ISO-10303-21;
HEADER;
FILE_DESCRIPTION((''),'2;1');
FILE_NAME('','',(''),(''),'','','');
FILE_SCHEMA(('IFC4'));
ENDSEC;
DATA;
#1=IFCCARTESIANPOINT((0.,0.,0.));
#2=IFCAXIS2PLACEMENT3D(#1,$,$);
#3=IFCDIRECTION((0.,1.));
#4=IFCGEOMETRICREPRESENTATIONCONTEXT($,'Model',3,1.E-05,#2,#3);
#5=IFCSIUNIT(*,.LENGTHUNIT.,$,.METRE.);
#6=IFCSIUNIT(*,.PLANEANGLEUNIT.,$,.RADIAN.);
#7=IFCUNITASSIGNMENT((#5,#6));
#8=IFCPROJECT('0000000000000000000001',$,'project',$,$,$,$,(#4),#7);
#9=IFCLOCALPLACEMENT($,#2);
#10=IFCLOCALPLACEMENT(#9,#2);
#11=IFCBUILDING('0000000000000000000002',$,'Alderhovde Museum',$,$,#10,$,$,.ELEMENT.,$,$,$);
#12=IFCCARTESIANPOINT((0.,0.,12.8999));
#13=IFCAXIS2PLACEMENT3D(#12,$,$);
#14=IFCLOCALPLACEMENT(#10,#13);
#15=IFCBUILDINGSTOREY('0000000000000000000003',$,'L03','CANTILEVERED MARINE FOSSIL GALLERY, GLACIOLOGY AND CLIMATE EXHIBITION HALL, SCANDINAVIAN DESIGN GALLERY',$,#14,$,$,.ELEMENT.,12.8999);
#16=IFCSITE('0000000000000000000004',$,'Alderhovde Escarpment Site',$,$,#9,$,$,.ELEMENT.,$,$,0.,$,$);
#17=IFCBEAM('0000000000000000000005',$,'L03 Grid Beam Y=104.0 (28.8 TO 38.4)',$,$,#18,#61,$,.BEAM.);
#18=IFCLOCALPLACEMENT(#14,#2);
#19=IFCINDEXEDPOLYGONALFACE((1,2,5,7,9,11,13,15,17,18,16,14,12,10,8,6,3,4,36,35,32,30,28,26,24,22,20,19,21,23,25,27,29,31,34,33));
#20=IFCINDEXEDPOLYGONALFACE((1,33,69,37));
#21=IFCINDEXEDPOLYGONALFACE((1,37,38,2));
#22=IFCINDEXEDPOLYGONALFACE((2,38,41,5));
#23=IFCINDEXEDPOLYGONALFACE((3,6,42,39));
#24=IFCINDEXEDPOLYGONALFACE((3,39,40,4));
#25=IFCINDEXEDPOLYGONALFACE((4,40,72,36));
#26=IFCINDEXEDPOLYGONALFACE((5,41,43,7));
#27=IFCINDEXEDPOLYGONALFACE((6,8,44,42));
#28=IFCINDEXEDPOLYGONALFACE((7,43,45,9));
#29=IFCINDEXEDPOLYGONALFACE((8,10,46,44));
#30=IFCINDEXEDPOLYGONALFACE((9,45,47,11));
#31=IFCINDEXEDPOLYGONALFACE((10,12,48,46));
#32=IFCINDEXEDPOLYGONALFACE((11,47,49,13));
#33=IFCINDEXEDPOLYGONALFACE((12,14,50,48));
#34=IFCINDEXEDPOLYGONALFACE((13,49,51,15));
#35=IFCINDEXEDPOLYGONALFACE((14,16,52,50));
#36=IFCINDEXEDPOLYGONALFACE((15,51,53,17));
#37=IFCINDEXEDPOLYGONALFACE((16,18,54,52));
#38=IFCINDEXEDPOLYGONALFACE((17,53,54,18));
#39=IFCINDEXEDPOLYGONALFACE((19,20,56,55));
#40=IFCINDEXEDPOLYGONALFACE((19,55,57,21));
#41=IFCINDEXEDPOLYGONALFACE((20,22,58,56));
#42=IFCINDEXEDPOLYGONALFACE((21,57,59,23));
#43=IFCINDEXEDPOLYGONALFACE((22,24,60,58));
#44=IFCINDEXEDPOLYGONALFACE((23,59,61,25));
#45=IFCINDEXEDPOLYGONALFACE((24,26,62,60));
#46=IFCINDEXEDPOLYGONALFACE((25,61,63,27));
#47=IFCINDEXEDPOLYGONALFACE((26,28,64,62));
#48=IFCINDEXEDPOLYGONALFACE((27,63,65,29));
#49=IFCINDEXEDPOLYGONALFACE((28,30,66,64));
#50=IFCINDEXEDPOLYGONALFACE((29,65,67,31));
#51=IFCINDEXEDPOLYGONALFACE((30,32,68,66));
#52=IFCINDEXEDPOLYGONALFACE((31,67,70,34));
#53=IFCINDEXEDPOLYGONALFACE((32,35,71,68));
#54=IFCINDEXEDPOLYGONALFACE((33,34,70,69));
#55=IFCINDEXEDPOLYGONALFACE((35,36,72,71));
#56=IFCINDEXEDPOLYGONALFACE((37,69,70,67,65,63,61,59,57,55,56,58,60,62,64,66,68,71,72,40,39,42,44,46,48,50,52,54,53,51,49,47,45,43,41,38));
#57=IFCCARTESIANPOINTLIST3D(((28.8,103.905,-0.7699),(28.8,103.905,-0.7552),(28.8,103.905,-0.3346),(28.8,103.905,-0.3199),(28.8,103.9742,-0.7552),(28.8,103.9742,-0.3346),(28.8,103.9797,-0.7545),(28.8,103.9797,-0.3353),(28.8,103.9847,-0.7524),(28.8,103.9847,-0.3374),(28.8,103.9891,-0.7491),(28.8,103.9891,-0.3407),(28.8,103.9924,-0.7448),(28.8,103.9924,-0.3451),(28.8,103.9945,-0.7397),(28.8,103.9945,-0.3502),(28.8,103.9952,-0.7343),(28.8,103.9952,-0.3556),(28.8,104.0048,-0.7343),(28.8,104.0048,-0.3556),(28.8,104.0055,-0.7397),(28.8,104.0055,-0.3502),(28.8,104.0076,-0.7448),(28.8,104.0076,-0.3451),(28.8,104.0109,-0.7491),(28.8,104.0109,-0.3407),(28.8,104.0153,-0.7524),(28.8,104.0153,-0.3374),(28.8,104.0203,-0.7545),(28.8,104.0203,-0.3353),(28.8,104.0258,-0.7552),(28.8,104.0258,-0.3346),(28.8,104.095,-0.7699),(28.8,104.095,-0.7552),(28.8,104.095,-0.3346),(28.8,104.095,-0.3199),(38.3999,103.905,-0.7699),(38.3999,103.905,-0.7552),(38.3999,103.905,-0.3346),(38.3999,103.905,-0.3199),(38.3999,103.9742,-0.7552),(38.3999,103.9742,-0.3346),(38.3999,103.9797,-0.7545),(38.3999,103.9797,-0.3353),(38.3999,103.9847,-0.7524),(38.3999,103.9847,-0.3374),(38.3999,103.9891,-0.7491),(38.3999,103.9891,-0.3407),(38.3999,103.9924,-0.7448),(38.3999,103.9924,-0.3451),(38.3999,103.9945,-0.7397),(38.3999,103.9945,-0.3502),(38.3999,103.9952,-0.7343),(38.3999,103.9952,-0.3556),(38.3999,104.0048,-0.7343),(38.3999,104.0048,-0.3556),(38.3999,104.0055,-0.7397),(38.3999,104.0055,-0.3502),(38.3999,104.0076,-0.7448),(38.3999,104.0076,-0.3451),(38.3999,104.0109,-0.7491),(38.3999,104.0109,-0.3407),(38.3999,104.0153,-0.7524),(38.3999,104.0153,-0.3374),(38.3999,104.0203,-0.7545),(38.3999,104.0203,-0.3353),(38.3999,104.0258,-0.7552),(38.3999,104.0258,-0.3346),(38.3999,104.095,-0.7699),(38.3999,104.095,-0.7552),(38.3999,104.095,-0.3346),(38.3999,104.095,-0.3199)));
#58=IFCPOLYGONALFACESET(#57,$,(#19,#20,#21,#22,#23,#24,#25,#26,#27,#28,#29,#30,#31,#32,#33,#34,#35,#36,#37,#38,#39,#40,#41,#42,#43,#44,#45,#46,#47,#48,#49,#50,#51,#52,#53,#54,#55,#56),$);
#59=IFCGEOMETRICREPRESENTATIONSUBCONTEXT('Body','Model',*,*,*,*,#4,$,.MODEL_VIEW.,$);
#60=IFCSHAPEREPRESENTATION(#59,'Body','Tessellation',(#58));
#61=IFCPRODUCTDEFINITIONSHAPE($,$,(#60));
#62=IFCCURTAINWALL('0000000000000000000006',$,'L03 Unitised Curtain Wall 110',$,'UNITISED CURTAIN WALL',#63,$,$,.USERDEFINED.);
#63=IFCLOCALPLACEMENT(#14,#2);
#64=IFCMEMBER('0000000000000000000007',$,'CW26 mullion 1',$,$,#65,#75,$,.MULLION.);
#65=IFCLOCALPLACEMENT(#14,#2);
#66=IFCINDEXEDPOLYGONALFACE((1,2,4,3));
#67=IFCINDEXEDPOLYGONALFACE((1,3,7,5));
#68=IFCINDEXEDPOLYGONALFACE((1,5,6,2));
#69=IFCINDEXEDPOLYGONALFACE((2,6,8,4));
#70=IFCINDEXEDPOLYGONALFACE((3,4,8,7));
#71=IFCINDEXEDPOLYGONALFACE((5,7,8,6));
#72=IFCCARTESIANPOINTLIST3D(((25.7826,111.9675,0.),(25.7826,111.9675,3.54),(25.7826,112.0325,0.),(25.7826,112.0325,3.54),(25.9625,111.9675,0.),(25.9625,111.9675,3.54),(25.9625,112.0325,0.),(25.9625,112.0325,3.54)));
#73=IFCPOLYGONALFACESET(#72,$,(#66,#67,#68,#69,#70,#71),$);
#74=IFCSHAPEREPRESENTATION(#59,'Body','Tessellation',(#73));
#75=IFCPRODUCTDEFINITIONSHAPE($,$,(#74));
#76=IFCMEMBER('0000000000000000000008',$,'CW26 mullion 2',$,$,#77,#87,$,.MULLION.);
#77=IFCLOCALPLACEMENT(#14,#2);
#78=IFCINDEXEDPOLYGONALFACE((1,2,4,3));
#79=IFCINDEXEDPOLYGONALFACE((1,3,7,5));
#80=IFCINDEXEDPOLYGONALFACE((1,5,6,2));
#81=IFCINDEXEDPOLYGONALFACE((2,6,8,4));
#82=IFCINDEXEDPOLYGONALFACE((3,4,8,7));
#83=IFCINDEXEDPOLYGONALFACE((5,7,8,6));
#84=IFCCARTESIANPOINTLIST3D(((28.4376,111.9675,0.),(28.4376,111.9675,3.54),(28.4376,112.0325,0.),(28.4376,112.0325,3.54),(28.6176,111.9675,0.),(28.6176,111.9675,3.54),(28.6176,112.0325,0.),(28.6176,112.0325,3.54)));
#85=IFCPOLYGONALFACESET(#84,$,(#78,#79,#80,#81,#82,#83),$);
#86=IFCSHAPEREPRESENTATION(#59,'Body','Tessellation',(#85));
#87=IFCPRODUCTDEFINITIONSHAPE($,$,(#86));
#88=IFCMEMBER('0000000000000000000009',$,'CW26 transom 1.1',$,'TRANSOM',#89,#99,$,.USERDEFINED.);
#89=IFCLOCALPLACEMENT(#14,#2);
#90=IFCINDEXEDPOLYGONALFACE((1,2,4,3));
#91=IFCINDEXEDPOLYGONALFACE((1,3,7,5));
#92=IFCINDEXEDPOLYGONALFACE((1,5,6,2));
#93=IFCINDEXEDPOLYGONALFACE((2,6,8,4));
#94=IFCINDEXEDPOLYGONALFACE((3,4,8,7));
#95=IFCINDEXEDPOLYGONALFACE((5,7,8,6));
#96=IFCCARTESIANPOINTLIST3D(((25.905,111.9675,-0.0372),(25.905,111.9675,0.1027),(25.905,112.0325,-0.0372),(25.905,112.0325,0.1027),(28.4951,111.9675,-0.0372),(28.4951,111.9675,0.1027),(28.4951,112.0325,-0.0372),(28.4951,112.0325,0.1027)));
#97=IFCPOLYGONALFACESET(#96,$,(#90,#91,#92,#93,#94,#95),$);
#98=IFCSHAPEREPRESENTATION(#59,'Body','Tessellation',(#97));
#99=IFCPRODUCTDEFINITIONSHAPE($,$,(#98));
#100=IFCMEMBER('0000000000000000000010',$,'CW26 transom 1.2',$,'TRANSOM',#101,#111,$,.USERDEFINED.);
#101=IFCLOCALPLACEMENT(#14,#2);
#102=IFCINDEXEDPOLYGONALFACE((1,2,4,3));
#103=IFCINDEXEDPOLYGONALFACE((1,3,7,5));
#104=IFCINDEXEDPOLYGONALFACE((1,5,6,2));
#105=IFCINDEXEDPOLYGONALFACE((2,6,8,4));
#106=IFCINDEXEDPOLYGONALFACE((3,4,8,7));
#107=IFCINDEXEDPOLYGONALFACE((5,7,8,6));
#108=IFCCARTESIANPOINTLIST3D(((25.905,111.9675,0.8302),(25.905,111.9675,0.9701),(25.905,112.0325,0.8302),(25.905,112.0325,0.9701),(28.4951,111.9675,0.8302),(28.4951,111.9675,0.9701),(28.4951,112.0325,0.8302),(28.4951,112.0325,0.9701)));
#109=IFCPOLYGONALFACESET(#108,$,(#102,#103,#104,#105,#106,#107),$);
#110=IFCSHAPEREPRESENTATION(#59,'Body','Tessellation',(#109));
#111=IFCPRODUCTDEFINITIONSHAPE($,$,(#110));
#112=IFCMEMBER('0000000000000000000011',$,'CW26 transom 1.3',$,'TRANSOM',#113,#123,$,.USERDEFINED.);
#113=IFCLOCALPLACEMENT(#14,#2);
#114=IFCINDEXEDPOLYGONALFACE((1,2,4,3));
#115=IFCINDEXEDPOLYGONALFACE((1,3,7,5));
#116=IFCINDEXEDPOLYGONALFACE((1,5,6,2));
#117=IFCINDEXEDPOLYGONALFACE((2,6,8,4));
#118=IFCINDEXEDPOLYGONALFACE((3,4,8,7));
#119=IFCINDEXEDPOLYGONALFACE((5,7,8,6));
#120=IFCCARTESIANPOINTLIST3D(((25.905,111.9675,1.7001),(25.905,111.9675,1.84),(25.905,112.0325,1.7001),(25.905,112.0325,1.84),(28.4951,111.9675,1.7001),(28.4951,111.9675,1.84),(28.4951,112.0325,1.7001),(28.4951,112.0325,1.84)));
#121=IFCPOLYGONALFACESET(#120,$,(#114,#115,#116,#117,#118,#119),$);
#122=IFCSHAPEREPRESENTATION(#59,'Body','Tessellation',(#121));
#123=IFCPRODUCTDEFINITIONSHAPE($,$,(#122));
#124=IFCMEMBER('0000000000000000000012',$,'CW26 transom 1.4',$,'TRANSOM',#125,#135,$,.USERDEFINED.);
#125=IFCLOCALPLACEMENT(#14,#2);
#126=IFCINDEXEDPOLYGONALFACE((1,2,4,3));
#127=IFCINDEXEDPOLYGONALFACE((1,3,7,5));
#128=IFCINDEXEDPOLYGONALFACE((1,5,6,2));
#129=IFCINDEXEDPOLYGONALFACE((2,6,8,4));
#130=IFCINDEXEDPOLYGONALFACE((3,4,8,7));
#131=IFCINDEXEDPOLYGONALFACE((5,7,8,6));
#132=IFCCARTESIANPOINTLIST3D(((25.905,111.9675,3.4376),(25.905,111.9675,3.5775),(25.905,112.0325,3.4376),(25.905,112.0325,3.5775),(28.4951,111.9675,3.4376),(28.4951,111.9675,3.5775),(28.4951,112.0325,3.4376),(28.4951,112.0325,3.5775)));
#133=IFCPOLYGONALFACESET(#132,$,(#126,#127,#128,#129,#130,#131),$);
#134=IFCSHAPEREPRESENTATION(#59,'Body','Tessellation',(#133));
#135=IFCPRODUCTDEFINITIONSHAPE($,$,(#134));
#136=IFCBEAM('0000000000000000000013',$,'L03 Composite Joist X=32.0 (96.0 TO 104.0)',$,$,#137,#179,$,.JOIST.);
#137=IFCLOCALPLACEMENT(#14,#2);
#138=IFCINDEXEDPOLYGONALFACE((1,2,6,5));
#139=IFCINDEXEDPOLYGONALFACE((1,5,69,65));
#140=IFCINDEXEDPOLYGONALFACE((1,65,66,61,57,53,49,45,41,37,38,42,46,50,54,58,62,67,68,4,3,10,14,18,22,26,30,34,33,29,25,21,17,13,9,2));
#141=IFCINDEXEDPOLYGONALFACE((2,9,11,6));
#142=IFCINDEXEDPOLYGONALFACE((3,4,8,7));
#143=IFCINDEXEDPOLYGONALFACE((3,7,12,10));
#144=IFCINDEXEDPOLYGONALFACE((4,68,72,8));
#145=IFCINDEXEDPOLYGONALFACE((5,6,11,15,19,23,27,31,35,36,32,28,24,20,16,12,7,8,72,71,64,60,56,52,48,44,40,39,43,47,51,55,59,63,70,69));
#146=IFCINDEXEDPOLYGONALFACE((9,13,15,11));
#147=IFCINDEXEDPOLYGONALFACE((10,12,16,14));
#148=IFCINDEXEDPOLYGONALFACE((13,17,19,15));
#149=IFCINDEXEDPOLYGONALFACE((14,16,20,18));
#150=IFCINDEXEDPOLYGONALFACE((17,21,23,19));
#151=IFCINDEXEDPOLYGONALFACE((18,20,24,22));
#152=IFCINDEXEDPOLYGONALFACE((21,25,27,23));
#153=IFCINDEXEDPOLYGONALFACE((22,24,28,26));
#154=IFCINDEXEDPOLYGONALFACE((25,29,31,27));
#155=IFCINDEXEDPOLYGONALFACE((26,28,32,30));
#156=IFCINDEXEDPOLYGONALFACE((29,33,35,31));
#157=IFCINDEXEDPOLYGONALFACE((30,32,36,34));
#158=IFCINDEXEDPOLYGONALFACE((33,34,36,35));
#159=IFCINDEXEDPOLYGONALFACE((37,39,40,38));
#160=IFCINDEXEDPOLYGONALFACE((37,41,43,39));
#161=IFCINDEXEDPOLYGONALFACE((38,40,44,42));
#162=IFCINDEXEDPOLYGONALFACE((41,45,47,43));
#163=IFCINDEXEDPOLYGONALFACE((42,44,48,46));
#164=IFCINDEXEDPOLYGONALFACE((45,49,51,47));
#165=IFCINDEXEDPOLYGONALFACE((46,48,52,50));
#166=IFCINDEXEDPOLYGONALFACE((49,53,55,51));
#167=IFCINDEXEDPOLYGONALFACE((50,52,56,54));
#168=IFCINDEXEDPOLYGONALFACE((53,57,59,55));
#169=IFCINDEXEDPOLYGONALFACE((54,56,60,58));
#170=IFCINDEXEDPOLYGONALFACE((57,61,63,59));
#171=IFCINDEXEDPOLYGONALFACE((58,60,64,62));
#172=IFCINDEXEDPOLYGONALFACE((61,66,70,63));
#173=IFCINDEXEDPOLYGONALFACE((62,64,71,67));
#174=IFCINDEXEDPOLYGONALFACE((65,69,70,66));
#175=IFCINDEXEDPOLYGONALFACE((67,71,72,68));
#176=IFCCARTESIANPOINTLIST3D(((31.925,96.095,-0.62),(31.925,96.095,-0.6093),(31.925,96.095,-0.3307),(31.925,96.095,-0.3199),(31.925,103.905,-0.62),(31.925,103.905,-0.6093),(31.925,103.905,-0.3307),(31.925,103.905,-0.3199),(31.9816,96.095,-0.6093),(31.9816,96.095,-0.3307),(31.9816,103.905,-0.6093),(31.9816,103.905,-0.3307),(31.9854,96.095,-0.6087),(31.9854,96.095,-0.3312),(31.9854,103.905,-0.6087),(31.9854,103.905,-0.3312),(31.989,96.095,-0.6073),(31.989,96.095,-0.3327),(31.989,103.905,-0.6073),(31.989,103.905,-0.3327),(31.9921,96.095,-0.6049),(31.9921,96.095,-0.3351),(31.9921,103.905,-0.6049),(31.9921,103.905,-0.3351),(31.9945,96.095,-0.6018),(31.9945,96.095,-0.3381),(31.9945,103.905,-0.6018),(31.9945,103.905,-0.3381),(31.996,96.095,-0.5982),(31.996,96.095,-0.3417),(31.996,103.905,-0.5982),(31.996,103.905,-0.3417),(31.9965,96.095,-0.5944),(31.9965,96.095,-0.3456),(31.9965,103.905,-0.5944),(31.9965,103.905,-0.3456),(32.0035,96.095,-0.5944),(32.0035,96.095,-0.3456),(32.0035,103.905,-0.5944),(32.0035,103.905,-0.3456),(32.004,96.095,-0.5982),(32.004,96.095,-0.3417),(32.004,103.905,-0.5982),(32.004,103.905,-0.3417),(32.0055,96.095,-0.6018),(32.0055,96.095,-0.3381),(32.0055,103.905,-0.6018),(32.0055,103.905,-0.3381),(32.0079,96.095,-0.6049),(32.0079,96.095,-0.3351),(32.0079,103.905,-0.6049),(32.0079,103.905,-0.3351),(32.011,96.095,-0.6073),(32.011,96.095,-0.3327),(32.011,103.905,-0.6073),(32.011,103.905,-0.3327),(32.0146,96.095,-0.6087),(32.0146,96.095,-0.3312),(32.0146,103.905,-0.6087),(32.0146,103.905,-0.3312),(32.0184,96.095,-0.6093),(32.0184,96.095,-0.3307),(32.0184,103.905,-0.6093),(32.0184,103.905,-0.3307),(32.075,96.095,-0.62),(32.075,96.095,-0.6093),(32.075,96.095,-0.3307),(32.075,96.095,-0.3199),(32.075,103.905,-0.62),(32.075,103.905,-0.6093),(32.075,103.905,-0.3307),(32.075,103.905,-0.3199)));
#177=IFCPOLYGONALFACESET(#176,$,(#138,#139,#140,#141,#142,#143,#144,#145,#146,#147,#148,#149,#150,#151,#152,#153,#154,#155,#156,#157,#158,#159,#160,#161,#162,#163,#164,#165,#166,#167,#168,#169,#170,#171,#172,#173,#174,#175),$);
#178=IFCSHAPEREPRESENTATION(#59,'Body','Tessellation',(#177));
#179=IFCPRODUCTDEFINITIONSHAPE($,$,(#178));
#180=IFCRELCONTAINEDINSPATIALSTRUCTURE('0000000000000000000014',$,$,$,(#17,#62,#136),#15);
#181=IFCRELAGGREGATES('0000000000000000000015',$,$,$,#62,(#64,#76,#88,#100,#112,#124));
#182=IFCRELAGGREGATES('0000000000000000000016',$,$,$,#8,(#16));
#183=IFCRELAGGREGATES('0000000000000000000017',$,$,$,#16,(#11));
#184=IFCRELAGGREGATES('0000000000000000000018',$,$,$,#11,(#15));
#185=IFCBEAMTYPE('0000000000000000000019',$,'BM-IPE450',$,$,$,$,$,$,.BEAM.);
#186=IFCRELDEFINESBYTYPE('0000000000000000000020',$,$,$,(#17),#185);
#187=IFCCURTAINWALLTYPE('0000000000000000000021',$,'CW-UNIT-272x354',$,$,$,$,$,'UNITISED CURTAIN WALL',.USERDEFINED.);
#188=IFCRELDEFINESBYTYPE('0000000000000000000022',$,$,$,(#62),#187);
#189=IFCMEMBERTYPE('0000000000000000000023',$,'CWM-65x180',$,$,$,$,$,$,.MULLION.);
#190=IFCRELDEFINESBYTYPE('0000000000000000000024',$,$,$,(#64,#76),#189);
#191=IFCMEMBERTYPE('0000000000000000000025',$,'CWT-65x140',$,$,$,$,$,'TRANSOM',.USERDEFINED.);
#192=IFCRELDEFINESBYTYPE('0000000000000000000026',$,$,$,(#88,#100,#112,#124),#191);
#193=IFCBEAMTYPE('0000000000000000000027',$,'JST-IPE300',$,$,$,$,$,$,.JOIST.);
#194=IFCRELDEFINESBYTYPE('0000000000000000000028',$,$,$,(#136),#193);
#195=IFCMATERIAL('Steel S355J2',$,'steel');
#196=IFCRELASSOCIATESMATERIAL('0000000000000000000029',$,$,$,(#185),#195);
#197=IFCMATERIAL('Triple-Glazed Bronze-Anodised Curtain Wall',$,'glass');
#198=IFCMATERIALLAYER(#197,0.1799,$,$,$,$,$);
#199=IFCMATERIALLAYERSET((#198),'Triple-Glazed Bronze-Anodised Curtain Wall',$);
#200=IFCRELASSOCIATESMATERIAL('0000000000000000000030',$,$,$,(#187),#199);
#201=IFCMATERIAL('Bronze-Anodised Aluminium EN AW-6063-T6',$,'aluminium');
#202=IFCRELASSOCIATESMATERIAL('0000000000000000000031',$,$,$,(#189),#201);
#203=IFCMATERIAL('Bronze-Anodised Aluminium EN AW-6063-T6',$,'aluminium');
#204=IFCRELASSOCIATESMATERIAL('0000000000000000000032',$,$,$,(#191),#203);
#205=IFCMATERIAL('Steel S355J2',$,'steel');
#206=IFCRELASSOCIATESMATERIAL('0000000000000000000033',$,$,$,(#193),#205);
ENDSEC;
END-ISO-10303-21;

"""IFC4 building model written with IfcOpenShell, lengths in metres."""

from ifc_helpers import new_model, si_unit, direction, frame, origin, origin_2d, place, context, subcontext, project, spatial, rectangle, i_section, extrude, material, layer, layer_set, material_profile, profile_set, type_object, element, aggregate, save


model = new_model("IFC4")

# Units and contexts
model_context = context("Model", 3, precision=1e-05, world=origin(), true_north=direction((0.0, 1.0)))
body_context = subcontext(model_context, "Body", "Model", "MODEL_VIEW")
ifc_project = project(units=[si_unit("LENGTHUNIT", "METRE"), si_unit("PLANEANGLEUNIT", "RADIAN")], contexts=[model_context])

# Site, building, storey
site_placement = place(None, origin())
site = spatial("IfcSite", under=ifc_project, at=site_placement, Name="Alderhovde Escarpment Site", CompositionType="ELEMENT", RefElevation=0.0)
building_placement = place(site_placement, origin())
building = spatial("IfcBuilding", under=site, at=building_placement, Name="Alderhovde Museum", CompositionType="ELEMENT")
storey_placement = place(building_placement, frame((0.0, 0.0, 12.8999)))
storey = spatial("IfcBuildingStorey", under=building, at=storey_placement, Name="L03", Description="CANTILEVERED MARINE FOSSIL GALLERY, GLACIOLOGY AND CLIMATE EXHIBITION HALL, SCANDINAVIAN DESIGN GALLERY", CompositionType="ELEMENT", Elevation=12.8999)

# Beam
ifc_material_1 = material(Name="Steel S355J2", Category="steel")
ifc_material_profile_1 = material_profile(ifc_material_1, i_section(OverallWidth=0.1899, OverallDepth=0.45, WebThickness=0.0095, FlangeThickness=0.0146, FilletRadius=0.021, at=origin_2d()), Name="IPE 450")
ifc_profile_set_1 = profile_set([ifc_material_profile_1], Name="Steel S355J2")
beam_type_1 = type_object("IfcBeamType", Name="BM-IPE450", PredefinedType="BEAM", material=ifc_profile_set_1)
for number, where, z_axis, x_axis, name in (
    (1, (28.8, 104.0, -0.5449), (1.0, 0.0, 0.0), (0.0, 1.0, 0.0), "L03 Grid Beam Y=104.0 (28.8 TO 38.4)"),
):
    element("IfcBeam", number, at=place(storey_placement, frame(where, z_axis=z_axis, x_axis=x_axis)), inside=storey, type_object=beam_type_1, Name=name, PredefinedType="BEAM", context=body_context, shape_type="SweptSolid", body=[
        extrude(i_section(OverallWidth=0.1899, OverallDepth=0.45, WebThickness=0.0095, FlangeThickness=0.0146, FilletRadius=0.021, at=origin_2d()), origin(), (0.0, 0.0, 1.0), 9.5999),
    ])

# Curtain wall, members
ifc_material_2 = material(Name="Triple-Glazed Bronze-Anodised Curtain Wall", Category="glass")
ifc_layer_1 = layer(ifc_material_2, 0.1799)
ifc_layer_set_1 = layer_set([ifc_layer_1], Name="Triple-Glazed Bronze-Anodised Curtain Wall")
curtain_wall_type = type_object("IfcCurtainWallType", Name="CW-UNIT-272x354", ElementType="UNITISED CURTAIN WALL", PredefinedType="USERDEFINED", material=ifc_layer_set_1)
curtain_wall_placement = place(storey_placement, origin())
curtain_wall = element("IfcCurtainWall", 2, at=curtain_wall_placement, inside=storey, type_object=curtain_wall_type, Name="L03 Unitised Curtain Wall 110", ObjectType="UNITISED CURTAIN WALL", PredefinedType="USERDEFINED")
ifc_material_3 = material(Name="Bronze-Anodised Aluminium EN AW-6063-T6", Category="aluminium")
ifc_material_profile_2 = material_profile(ifc_material_3, rectangle(XDim=0.0649, YDim=0.1799, at=origin_2d()), Name="MULLION 65x180")
ifc_profile_set_2 = profile_set([ifc_material_profile_2], Name="Bronze-Anodised Aluminium EN AW-6063-T6")
member_type_1 = type_object("IfcMemberType", Name="CWM-65x180", PredefinedType="MULLION", material=ifc_profile_set_2)
member_1_placement = place(storey_placement, frame((25.8726, 112.0, 0.0), z_axis=(0.0, 0.0, 1.0), x_axis=(0.0, 1.0, 0.0)))
member_1 = element("IfcMember", 3, at=member_1_placement, type_object=member_type_1, Name="CW26 mullion 1", PredefinedType="MULLION", context=body_context, shape_type="SweptSolid", body=[
    extrude(rectangle(XDim=0.0649, YDim=0.1799, at=origin_2d()), origin(), (0.0, 0.0, 1.0), 3.54),
])
member_2_placement = place(storey_placement, frame((28.5276, 112.0, 0.0), z_axis=(0.0, 0.0, 1.0), x_axis=(0.0, 1.0, 0.0)))
member_2 = element("IfcMember", 4, at=member_2_placement, type_object=member_type_1, Name="CW26 mullion 2", PredefinedType="MULLION", context=body_context, shape_type="SweptSolid", body=[
    extrude(rectangle(XDim=0.0649, YDim=0.1799, at=origin_2d()), origin(), (0.0, 0.0, 1.0), 3.54),
])
ifc_material_4 = material(Name="Bronze-Anodised Aluminium EN AW-6063-T6", Category="aluminium")
ifc_material_profile_3 = material_profile(ifc_material_4, rectangle(XDim=0.0649, YDim=0.1399, at=origin_2d()), Name="TRANSOM 65x140")
ifc_profile_set_3 = profile_set([ifc_material_profile_3], Name="Bronze-Anodised Aluminium EN AW-6063-T6")
member_type_2 = type_object("IfcMemberType", Name="CWT-65x140", ElementType="TRANSOM", PredefinedType="USERDEFINED", material=ifc_profile_set_3)
member_3_placement = place(storey_placement, frame((25.905, 112.0, 0.0327), z_axis=(1.0, 0.0, 0.0), x_axis=(0.0, 1.0, 0.0)))
member_3 = element("IfcMember", 5, at=member_3_placement, type_object=member_type_2, Name="CW26 transom 1.1", ObjectType="TRANSOM", PredefinedType="USERDEFINED", context=body_context, shape_type="SweptSolid", body=[
    extrude(rectangle(XDim=0.0649, YDim=0.1399, at=origin_2d()), origin(), (0.0, 0.0, 1.0), 2.5901),
])
member_4_placement = place(storey_placement, frame((25.905, 112.0, 0.9001), z_axis=(1.0, 0.0, 0.0), x_axis=(0.0, 1.0, 0.0)))
member_4 = element("IfcMember", 6, at=member_4_placement, type_object=member_type_2, Name="CW26 transom 1.2", ObjectType="TRANSOM", PredefinedType="USERDEFINED", context=body_context, shape_type="SweptSolid", body=[
    extrude(rectangle(XDim=0.0649, YDim=0.1399, at=origin_2d()), origin(), (0.0, 0.0, 1.0), 2.5901),
])
member_5_placement = place(storey_placement, frame((25.905, 112.0, 1.77), z_axis=(1.0, 0.0, 0.0), x_axis=(0.0, 1.0, 0.0)))
member_5 = element("IfcMember", 7, at=member_5_placement, type_object=member_type_2, Name="CW26 transom 1.3", ObjectType="TRANSOM", PredefinedType="USERDEFINED", context=body_context, shape_type="SweptSolid", body=[
    extrude(rectangle(XDim=0.0649, YDim=0.1399, at=origin_2d()), origin(), (0.0, 0.0, 1.0), 2.5901),
])
member_6_placement = place(storey_placement, frame((25.905, 112.0, 3.5076), z_axis=(1.0, 0.0, 0.0), x_axis=(0.0, 1.0, 0.0)))
member_6 = element("IfcMember", 8, at=member_6_placement, type_object=member_type_2, Name="CW26 transom 1.4", ObjectType="TRANSOM", PredefinedType="USERDEFINED", context=body_context, shape_type="SweptSolid", body=[
    extrude(rectangle(XDim=0.0649, YDim=0.1399, at=origin_2d()), origin(), (0.0, 0.0, 1.0), 2.5901),
])

# Beam
ifc_material_5 = material(Name="Steel S355J2", Category="steel")
ifc_material_profile_4 = material_profile(ifc_material_5, i_section(OverallWidth=0.1499, OverallDepth=0.3, WebThickness=0.0071, FlangeThickness=0.0107, FilletRadius=0.0149, at=origin_2d()), Name="IPE 300")
ifc_profile_set_4 = profile_set([ifc_material_profile_4], Name="Steel S355J2")
beam_type_2 = type_object("IfcBeamType", Name="JST-IPE300", PredefinedType="JOIST", material=ifc_profile_set_4)
for number, where, z_axis, x_axis, name in (
    (9, (32.0, 96.095, -0.47), (0.0, 1.0, 0.0), (-1.0, 0.0, 0.0), "L03 Composite Joist X=32.0 (96.0 TO 104.0)"),
):
    element("IfcBeam", number, at=place(storey_placement, frame(where, z_axis=z_axis, x_axis=x_axis)), inside=storey, type_object=beam_type_2, Name=name, PredefinedType="JOIST", context=body_context, shape_type="SweptSolid", body=[
        extrude(i_section(OverallWidth=0.1499, OverallDepth=0.3, WebThickness=0.0071, FlangeThickness=0.0107, FilletRadius=0.0149, at=origin_2d()), origin(), (0.0, 0.0, 1.0), 7.8101),
    ])

aggregate(curtain_wall, [member_1, member_2, member_3, member_4, member_5, member_6])

save(model, "model.ifc")
